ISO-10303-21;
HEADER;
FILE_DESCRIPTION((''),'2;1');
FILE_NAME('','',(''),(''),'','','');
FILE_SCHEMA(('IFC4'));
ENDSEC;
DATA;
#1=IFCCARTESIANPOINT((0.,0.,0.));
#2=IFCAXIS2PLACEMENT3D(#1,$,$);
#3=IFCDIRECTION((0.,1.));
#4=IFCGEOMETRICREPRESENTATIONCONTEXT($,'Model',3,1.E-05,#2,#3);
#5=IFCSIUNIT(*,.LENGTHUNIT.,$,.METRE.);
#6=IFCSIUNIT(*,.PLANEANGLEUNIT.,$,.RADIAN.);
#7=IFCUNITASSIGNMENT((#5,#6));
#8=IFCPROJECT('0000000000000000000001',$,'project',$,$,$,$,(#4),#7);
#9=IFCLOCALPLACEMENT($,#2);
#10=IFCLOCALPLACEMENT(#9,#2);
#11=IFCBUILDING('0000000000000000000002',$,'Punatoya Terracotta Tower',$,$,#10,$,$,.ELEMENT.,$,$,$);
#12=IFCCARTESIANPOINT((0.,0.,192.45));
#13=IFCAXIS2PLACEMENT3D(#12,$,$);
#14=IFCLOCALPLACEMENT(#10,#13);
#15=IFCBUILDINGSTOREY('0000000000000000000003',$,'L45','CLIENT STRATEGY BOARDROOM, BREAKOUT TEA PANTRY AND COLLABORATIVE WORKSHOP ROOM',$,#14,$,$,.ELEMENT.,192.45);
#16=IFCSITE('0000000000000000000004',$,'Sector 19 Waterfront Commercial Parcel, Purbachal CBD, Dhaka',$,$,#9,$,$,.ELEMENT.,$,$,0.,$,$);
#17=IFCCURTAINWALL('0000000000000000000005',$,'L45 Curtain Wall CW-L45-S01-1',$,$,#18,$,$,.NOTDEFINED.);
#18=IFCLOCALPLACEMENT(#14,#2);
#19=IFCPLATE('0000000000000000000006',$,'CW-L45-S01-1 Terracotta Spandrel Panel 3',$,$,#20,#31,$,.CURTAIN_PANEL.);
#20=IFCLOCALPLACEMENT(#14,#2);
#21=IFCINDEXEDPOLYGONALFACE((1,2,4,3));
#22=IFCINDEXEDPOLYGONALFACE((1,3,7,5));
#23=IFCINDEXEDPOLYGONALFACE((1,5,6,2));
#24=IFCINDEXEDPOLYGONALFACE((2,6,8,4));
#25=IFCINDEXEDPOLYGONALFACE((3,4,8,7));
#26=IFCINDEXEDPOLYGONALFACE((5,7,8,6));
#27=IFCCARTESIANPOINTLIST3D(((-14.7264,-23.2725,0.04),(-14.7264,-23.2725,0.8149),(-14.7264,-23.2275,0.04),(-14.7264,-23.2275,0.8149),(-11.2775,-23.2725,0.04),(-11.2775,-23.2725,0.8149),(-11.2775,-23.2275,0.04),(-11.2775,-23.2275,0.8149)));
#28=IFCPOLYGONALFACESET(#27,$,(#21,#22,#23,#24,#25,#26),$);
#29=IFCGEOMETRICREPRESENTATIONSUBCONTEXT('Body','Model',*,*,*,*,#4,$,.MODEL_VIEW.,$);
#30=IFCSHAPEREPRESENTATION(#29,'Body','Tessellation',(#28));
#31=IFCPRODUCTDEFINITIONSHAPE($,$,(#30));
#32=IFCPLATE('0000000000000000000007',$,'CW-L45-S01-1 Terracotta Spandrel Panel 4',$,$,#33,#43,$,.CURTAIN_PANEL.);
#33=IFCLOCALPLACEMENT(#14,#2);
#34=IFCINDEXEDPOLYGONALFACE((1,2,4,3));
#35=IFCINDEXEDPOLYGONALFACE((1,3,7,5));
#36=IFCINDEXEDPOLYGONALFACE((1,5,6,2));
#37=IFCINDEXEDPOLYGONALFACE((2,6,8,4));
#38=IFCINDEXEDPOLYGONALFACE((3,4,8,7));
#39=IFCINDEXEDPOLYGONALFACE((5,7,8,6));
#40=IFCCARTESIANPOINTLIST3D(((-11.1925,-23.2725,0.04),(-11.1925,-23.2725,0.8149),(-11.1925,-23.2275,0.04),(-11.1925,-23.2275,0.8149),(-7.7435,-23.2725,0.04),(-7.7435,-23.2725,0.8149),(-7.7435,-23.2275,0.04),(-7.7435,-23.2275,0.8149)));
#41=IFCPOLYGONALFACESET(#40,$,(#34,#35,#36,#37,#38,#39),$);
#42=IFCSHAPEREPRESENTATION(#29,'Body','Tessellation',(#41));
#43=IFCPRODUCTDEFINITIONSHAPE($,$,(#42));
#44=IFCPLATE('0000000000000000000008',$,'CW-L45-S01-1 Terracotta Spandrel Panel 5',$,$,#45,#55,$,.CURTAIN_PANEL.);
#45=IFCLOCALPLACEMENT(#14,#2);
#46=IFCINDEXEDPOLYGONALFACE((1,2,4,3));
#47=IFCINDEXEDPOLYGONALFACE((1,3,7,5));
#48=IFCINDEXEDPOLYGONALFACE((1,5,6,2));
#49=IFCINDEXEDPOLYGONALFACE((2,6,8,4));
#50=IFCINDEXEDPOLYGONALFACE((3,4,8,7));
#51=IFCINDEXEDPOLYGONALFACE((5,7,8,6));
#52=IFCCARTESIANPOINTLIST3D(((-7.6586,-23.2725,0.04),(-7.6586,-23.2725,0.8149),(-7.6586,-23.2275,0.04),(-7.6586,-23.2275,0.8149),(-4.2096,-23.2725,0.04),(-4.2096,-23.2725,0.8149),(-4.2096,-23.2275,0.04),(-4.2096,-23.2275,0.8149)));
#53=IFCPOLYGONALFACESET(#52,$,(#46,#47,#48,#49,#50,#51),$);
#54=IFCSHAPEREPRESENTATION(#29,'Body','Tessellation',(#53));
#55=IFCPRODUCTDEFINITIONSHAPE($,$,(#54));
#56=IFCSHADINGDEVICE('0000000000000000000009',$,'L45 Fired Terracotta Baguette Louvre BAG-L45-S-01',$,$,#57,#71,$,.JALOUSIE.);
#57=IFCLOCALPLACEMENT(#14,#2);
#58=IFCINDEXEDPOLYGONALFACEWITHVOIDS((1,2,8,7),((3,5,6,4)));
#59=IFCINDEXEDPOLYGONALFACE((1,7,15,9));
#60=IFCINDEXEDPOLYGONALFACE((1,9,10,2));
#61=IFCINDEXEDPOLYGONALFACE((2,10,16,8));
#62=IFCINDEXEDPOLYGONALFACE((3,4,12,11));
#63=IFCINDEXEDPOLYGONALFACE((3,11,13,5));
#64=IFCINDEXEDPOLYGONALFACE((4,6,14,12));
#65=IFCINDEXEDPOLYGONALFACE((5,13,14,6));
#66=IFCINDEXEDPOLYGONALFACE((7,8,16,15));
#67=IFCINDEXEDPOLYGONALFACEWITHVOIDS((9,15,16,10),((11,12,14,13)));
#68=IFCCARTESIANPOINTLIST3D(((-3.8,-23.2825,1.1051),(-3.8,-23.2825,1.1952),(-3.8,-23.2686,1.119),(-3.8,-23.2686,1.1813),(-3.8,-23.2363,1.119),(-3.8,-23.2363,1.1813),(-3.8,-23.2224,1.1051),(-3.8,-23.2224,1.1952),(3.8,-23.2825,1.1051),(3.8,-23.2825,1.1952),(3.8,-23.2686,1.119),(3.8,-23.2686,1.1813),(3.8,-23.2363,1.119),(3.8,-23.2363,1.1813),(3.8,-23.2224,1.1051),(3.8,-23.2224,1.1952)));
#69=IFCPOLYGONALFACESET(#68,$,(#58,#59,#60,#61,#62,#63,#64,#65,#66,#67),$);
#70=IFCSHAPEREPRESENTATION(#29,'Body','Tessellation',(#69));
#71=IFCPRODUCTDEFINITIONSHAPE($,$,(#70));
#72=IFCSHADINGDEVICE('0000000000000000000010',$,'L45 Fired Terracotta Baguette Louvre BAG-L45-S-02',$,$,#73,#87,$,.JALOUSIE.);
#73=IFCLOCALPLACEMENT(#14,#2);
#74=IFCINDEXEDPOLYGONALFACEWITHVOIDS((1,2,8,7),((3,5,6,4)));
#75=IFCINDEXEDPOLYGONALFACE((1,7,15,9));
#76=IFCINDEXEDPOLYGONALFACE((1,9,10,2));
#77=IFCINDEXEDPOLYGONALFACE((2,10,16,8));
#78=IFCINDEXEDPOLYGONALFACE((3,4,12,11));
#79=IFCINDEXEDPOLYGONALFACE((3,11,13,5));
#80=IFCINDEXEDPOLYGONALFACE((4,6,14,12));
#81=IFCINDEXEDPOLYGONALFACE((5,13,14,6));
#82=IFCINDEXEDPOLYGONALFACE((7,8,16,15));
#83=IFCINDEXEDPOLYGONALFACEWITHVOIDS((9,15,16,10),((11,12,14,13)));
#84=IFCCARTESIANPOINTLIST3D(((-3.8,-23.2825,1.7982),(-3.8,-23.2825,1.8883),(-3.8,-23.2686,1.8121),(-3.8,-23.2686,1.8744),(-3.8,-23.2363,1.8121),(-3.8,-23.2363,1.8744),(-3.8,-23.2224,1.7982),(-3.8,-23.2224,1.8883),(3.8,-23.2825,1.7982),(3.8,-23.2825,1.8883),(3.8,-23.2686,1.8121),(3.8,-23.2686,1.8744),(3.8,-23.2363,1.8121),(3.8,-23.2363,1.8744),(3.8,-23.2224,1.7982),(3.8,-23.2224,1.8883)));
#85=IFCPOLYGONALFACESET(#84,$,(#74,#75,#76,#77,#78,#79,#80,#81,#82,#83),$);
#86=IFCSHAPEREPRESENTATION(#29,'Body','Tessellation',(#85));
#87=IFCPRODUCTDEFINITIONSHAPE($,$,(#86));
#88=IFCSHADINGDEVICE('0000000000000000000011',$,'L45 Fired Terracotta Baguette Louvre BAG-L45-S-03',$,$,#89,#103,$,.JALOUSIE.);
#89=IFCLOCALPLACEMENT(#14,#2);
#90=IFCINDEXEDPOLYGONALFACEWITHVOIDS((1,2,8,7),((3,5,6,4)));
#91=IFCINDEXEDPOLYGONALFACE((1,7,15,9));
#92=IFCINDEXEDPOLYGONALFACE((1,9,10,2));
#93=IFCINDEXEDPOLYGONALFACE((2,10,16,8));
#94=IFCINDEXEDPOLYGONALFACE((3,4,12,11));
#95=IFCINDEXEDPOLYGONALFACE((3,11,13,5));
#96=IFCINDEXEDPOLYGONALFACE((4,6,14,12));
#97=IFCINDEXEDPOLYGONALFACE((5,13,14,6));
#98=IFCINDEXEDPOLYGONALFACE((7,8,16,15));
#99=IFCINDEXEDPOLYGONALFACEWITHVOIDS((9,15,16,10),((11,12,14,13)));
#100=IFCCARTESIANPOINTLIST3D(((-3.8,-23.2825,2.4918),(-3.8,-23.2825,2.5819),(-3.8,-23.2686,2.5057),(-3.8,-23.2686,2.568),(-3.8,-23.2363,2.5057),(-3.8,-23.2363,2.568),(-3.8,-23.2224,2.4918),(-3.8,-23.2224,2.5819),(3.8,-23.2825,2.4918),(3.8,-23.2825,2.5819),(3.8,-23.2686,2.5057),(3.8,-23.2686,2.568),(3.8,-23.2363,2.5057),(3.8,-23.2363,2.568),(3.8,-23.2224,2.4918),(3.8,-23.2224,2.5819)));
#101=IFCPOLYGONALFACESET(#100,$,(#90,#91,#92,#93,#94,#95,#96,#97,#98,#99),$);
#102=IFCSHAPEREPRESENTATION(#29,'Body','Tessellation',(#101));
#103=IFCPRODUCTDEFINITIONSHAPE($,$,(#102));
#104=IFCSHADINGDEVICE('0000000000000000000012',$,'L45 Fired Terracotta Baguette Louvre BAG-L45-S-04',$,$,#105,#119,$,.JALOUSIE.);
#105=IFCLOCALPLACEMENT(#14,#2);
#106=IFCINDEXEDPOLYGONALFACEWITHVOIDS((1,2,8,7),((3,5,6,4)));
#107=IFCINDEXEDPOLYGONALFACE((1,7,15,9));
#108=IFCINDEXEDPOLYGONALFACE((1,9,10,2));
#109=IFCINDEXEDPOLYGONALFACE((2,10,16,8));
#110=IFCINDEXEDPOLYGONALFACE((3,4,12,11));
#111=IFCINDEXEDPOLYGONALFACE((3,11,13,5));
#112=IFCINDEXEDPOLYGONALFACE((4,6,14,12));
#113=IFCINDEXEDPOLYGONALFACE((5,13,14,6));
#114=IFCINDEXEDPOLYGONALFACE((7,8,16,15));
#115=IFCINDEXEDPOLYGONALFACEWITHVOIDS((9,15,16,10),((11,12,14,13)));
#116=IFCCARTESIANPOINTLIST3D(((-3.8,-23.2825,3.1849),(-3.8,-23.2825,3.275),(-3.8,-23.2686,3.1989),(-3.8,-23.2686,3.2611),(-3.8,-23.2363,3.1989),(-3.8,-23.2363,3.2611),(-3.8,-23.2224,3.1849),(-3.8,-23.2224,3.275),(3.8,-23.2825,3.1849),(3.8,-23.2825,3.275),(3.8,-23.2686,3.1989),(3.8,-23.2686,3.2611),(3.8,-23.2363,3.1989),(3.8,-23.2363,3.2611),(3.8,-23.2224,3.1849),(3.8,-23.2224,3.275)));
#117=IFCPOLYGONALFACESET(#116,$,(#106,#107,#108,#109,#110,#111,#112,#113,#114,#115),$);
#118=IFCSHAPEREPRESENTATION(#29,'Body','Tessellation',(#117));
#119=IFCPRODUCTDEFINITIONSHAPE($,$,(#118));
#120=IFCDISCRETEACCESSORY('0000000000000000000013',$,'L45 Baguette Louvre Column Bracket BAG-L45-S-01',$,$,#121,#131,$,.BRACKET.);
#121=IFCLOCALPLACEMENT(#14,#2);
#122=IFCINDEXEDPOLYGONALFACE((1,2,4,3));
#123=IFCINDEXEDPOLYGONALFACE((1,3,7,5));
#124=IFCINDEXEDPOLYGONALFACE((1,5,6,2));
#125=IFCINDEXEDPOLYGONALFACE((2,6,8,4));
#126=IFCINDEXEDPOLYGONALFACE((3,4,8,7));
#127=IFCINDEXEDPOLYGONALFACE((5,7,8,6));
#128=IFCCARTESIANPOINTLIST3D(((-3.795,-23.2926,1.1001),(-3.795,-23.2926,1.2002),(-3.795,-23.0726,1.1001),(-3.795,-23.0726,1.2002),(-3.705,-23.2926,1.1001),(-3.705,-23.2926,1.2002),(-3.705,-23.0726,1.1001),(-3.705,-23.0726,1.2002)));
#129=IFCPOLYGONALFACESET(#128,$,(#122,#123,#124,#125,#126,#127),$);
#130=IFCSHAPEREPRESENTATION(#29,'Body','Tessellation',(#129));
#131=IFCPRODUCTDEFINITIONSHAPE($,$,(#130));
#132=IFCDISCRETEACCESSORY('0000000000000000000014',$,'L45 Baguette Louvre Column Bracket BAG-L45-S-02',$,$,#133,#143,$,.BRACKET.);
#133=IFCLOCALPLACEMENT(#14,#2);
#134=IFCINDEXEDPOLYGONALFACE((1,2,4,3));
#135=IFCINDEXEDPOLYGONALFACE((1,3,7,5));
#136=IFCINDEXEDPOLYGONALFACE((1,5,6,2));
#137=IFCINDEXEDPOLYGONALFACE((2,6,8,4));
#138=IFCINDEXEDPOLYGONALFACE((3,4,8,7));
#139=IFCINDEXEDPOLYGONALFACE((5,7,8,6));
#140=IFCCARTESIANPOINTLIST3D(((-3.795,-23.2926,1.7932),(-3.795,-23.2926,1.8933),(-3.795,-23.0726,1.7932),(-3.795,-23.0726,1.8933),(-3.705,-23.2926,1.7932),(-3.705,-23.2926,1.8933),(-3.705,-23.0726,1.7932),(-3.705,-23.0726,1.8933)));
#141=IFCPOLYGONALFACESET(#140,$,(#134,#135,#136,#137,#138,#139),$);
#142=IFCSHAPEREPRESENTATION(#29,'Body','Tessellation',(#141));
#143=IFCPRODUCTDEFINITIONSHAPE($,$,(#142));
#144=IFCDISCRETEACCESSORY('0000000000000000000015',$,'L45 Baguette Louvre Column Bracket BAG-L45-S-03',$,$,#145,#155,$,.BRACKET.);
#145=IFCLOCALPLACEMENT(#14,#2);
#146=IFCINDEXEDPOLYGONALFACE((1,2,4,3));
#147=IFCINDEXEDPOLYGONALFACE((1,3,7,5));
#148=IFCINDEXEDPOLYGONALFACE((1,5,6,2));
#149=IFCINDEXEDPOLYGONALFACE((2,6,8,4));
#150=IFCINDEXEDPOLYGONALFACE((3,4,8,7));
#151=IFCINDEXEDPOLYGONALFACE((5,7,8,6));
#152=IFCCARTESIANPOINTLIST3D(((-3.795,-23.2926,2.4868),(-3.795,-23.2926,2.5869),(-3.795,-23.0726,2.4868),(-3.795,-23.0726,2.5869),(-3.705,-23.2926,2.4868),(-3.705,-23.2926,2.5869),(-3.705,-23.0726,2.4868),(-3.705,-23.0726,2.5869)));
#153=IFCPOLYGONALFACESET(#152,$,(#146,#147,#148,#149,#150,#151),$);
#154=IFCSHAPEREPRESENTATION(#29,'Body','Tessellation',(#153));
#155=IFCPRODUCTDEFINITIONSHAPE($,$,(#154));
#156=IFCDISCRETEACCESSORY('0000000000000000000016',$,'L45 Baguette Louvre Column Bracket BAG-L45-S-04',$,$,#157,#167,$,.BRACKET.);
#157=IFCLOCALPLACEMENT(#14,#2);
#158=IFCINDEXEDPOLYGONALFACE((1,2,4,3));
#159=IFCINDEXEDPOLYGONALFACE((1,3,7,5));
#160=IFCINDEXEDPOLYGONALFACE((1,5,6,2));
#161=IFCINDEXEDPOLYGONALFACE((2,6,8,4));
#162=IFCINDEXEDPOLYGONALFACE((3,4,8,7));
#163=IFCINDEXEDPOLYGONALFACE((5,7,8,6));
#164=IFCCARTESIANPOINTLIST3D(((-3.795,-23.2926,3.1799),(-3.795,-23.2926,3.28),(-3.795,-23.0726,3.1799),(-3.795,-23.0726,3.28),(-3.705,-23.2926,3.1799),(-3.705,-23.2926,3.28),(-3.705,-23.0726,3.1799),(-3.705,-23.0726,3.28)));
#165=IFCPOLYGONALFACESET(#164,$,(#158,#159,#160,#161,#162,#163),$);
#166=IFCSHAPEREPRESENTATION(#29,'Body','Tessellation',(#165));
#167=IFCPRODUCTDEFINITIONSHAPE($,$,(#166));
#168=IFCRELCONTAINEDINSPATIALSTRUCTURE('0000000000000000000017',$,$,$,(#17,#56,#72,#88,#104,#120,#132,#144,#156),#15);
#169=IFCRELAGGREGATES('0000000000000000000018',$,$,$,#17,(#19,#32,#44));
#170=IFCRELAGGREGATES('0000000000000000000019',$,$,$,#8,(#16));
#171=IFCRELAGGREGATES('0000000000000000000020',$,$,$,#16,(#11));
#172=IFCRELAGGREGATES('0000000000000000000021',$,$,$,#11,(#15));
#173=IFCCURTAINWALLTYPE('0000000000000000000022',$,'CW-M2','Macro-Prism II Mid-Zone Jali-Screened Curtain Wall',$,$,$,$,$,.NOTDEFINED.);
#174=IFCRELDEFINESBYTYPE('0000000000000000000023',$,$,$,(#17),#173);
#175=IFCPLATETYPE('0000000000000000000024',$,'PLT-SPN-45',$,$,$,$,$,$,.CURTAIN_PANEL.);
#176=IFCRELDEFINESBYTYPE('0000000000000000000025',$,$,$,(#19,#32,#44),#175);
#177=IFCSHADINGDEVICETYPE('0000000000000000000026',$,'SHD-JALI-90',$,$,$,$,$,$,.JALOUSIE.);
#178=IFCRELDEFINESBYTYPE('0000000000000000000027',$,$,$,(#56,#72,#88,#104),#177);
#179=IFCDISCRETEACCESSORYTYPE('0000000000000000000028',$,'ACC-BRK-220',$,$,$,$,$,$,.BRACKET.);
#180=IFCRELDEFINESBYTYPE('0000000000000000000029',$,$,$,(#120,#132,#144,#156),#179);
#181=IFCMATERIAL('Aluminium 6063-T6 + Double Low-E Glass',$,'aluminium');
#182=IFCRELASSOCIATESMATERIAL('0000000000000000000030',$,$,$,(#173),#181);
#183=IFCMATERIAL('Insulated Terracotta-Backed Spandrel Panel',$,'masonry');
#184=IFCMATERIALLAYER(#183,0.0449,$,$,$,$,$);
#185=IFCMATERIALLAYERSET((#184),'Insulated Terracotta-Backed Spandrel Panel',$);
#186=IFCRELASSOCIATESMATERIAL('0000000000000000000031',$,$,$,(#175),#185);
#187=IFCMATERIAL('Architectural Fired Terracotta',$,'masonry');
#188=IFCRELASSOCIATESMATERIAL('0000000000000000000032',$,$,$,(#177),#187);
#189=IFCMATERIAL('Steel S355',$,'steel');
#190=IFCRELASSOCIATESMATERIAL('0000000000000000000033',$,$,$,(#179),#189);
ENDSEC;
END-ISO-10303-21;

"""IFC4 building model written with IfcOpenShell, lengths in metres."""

from ifc_helpers import new_model, si_unit, direction, frame, origin, origin_2d, place, context, subcontext, project, spatial, rectangle, hollow_rectangle, extrude, material, layer, layer_set, material_profile, profile_set, type_object, element, aggregate, save


model = new_model("IFC4")

# Units and contexts
model_context = context("Model", 3, precision=1e-05, world=origin(), true_north=direction((0.0, 1.0)))
body_context = subcontext(model_context, "Body", "Model", "MODEL_VIEW")
ifc_project = project(units=[si_unit("LENGTHUNIT", "METRE"), si_unit("PLANEANGLEUNIT", "RADIAN")], contexts=[model_context])

# Site, building, storey
site_placement = place(None, origin())
site = spatial("IfcSite", under=ifc_project, at=site_placement, Name="Sector 19 Waterfront Commercial Parcel, Purbachal CBD, Dhaka", CompositionType="ELEMENT", RefElevation=0.0)
building_placement = place(site_placement, origin())
building = spatial("IfcBuilding", under=site, at=building_placement, Name="Punatoya Terracotta Tower", CompositionType="ELEMENT")
storey_placement = place(building_placement, frame((0.0, 0.0, 192.45)))
storey = spatial("IfcBuildingStorey", under=building, at=storey_placement, Name="L45", Description="CLIENT STRATEGY BOARDROOM, BREAKOUT TEA PANTRY AND COLLABORATIVE WORKSHOP ROOM", CompositionType="ELEMENT", Elevation=192.45)

# Curtain wall
ifc_material_1 = material(Name="Aluminium 6063-T6 + Double Low-E Glass", Category="aluminium")
curtain_wall_type = type_object("IfcCurtainWallType", Name="CW-M2", Description="Macro-Prism II Mid-Zone Jali-Screened Curtain Wall", PredefinedType="NOTDEFINED", material=ifc_material_1)
curtain_wall_placement = place(storey_placement, origin())
curtain_wall = element("IfcCurtainWall", 1, at=curtain_wall_placement, inside=storey, type_object=curtain_wall_type, Name="L45 Curtain Wall CW-L45-S01-1", PredefinedType="NOTDEFINED")

# Shared definitions
ifc_material_2 = material(Name="Steel S355", Category="steel")

# Plates
ifc_material_3 = material(Name="Insulated Terracotta-Backed Spandrel Panel", Category="masonry")
ifc_layer_1 = layer(ifc_material_3, 0.0449)
ifc_layer_set_1 = layer_set([ifc_layer_1], Name="Insulated Terracotta-Backed Spandrel Panel")
plate_type_1 = type_object("IfcPlateType", Name="PLT-SPN-45", PredefinedType="CURTAIN_PANEL", material=ifc_layer_set_1)
plate_1_placement = place(storey_placement, frame((-13.002, -23.25, 0.04), z_axis=(0.0, 0.0, 1.0), x_axis=(1.0, 0.0, 0.0)))
plate_1 = element("IfcPlate", 2, at=plate_1_placement, type_object=plate_type_1, Name="CW-L45-S01-1 Terracotta Spandrel Panel 3", PredefinedType="CURTAIN_PANEL", context=body_context, shape_type="SweptSolid", body=[
    extrude(rectangle(XDim=3.449, YDim=0.0449, at=origin_2d()), origin(), (0.0, 0.0, 1.0), 0.7749),
])
plate_2_placement = place(storey_placement, frame((-9.468, -23.25, 0.04), z_axis=(0.0, 0.0, 1.0), x_axis=(1.0, 0.0, 0.0)))
plate_2 = element("IfcPlate", 3, at=plate_2_placement, type_object=plate_type_1, Name="CW-L45-S01-1 Terracotta Spandrel Panel 4", PredefinedType="CURTAIN_PANEL", context=body_context, shape_type="SweptSolid", body=[
    extrude(rectangle(XDim=3.449, YDim=0.0449, at=origin_2d()), origin(), (0.0, 0.0, 1.0), 0.7749),
])
plate_3_placement = place(storey_placement, frame((-5.9341, -23.25, 0.04), z_axis=(0.0, 0.0, 1.0), x_axis=(1.0, 0.0, 0.0)))
plate_3 = element("IfcPlate", 4, at=plate_3_placement, type_object=plate_type_1, Name="CW-L45-S01-1 Terracotta Spandrel Panel 5", PredefinedType="CURTAIN_PANEL", context=body_context, shape_type="SweptSolid", body=[
    extrude(rectangle(XDim=3.449, YDim=0.0449, at=origin_2d()), origin(), (0.0, 0.0, 1.0), 0.7749),
])
aggregate(curtain_wall, [plate_1, plate_2, plate_3])

# Shading devices
ifc_material_4 = material(Name="Architectural Fired Terracotta", Category="masonry")
ifc_material_profile_1 = material_profile(ifc_material_4, hollow_rectangle(XDim=0.0601, YDim=0.0901, WallThickness=0.0139, at=origin_2d()))
ifc_profile_set_1 = profile_set([ifc_material_profile_1], Name="Architectural Fired Terracotta")
shading_device_type = type_object("IfcShadingDeviceType", Name="SHD-JALI-90", PredefinedType="JALOUSIE", material=ifc_profile_set_1)
for number, where, z_axis, x_axis, name in (
    (5, (-3.8, -23.2524, 1.1501), (1.0, 0.0, 0.0), (0.0, 1.0, 0.0), "L45 Fired Terracotta Baguette Louvre BAG-L45-S-01"),
    (6, (-3.8, -23.2524, 1.8433), (1.0, 0.0, 0.0), (0.0, 1.0, 0.0), "L45 Fired Terracotta Baguette Louvre BAG-L45-S-02"),
    (7, (-3.8, -23.2524, 2.5369), (1.0, 0.0, 0.0), (0.0, 1.0, 0.0), "L45 Fired Terracotta Baguette Louvre BAG-L45-S-03"),
    (8, (-3.8, -23.2524, 3.23), (1.0, 0.0, 0.0), (0.0, 1.0, 0.0), "L45 Fired Terracotta Baguette Louvre BAG-L45-S-04"),
):
    element("IfcShadingDevice", number, at=place(storey_placement, frame(where, z_axis=z_axis, x_axis=x_axis)), inside=storey, type_object=shading_device_type, Name=name, PredefinedType="JALOUSIE", context=body_context, shape_type="SweptSolid", body=[
        extrude(hollow_rectangle(XDim=0.0601, YDim=0.0901, WallThickness=0.0139, at=origin_2d()), origin(), (0.0, 0.0, 1.0), 7.6001),
    ])

# Discrete accessories
discrete_accessory_type = type_object("IfcDiscreteAccessoryType", Name="ACC-BRK-220", PredefinedType="BRACKET", material=ifc_material_2)
for number, where, z_axis, x_axis, name in (
    (9, (-3.75, -23.1826, 1.1001), (0.0, 0.0, 1.0), (1.0, 0.0, 0.0), "L45 Baguette Louvre Column Bracket BAG-L45-S-01"),
    (10, (-3.75, -23.1826, 1.7932), (0.0, 0.0, 1.0), (1.0, 0.0, 0.0), "L45 Baguette Louvre Column Bracket BAG-L45-S-02"),
    (11, (-3.75, -23.1826, 2.4868), (0.0, 0.0, 1.0), (1.0, 0.0, 0.0), "L45 Baguette Louvre Column Bracket BAG-L45-S-03"),
    (12, (-3.75, -23.1826, 3.1799), (0.0, 0.0, 1.0), (1.0, 0.0, 0.0), "L45 Baguette Louvre Column Bracket BAG-L45-S-04"),
):
    element("IfcDiscreteAccessory", number, at=place(storey_placement, frame(where, z_axis=z_axis, x_axis=x_axis)), inside=storey, type_object=discrete_accessory_type, Name=name, PredefinedType="BRACKET", context=body_context, shape_type="SweptSolid", body=[
        extrude(rectangle(XDim=0.0901, YDim=0.22, at=origin_2d()), origin(), (0.0, 0.0, 1.0), 0.1001),
    ])

save(model, "model.ifc")
